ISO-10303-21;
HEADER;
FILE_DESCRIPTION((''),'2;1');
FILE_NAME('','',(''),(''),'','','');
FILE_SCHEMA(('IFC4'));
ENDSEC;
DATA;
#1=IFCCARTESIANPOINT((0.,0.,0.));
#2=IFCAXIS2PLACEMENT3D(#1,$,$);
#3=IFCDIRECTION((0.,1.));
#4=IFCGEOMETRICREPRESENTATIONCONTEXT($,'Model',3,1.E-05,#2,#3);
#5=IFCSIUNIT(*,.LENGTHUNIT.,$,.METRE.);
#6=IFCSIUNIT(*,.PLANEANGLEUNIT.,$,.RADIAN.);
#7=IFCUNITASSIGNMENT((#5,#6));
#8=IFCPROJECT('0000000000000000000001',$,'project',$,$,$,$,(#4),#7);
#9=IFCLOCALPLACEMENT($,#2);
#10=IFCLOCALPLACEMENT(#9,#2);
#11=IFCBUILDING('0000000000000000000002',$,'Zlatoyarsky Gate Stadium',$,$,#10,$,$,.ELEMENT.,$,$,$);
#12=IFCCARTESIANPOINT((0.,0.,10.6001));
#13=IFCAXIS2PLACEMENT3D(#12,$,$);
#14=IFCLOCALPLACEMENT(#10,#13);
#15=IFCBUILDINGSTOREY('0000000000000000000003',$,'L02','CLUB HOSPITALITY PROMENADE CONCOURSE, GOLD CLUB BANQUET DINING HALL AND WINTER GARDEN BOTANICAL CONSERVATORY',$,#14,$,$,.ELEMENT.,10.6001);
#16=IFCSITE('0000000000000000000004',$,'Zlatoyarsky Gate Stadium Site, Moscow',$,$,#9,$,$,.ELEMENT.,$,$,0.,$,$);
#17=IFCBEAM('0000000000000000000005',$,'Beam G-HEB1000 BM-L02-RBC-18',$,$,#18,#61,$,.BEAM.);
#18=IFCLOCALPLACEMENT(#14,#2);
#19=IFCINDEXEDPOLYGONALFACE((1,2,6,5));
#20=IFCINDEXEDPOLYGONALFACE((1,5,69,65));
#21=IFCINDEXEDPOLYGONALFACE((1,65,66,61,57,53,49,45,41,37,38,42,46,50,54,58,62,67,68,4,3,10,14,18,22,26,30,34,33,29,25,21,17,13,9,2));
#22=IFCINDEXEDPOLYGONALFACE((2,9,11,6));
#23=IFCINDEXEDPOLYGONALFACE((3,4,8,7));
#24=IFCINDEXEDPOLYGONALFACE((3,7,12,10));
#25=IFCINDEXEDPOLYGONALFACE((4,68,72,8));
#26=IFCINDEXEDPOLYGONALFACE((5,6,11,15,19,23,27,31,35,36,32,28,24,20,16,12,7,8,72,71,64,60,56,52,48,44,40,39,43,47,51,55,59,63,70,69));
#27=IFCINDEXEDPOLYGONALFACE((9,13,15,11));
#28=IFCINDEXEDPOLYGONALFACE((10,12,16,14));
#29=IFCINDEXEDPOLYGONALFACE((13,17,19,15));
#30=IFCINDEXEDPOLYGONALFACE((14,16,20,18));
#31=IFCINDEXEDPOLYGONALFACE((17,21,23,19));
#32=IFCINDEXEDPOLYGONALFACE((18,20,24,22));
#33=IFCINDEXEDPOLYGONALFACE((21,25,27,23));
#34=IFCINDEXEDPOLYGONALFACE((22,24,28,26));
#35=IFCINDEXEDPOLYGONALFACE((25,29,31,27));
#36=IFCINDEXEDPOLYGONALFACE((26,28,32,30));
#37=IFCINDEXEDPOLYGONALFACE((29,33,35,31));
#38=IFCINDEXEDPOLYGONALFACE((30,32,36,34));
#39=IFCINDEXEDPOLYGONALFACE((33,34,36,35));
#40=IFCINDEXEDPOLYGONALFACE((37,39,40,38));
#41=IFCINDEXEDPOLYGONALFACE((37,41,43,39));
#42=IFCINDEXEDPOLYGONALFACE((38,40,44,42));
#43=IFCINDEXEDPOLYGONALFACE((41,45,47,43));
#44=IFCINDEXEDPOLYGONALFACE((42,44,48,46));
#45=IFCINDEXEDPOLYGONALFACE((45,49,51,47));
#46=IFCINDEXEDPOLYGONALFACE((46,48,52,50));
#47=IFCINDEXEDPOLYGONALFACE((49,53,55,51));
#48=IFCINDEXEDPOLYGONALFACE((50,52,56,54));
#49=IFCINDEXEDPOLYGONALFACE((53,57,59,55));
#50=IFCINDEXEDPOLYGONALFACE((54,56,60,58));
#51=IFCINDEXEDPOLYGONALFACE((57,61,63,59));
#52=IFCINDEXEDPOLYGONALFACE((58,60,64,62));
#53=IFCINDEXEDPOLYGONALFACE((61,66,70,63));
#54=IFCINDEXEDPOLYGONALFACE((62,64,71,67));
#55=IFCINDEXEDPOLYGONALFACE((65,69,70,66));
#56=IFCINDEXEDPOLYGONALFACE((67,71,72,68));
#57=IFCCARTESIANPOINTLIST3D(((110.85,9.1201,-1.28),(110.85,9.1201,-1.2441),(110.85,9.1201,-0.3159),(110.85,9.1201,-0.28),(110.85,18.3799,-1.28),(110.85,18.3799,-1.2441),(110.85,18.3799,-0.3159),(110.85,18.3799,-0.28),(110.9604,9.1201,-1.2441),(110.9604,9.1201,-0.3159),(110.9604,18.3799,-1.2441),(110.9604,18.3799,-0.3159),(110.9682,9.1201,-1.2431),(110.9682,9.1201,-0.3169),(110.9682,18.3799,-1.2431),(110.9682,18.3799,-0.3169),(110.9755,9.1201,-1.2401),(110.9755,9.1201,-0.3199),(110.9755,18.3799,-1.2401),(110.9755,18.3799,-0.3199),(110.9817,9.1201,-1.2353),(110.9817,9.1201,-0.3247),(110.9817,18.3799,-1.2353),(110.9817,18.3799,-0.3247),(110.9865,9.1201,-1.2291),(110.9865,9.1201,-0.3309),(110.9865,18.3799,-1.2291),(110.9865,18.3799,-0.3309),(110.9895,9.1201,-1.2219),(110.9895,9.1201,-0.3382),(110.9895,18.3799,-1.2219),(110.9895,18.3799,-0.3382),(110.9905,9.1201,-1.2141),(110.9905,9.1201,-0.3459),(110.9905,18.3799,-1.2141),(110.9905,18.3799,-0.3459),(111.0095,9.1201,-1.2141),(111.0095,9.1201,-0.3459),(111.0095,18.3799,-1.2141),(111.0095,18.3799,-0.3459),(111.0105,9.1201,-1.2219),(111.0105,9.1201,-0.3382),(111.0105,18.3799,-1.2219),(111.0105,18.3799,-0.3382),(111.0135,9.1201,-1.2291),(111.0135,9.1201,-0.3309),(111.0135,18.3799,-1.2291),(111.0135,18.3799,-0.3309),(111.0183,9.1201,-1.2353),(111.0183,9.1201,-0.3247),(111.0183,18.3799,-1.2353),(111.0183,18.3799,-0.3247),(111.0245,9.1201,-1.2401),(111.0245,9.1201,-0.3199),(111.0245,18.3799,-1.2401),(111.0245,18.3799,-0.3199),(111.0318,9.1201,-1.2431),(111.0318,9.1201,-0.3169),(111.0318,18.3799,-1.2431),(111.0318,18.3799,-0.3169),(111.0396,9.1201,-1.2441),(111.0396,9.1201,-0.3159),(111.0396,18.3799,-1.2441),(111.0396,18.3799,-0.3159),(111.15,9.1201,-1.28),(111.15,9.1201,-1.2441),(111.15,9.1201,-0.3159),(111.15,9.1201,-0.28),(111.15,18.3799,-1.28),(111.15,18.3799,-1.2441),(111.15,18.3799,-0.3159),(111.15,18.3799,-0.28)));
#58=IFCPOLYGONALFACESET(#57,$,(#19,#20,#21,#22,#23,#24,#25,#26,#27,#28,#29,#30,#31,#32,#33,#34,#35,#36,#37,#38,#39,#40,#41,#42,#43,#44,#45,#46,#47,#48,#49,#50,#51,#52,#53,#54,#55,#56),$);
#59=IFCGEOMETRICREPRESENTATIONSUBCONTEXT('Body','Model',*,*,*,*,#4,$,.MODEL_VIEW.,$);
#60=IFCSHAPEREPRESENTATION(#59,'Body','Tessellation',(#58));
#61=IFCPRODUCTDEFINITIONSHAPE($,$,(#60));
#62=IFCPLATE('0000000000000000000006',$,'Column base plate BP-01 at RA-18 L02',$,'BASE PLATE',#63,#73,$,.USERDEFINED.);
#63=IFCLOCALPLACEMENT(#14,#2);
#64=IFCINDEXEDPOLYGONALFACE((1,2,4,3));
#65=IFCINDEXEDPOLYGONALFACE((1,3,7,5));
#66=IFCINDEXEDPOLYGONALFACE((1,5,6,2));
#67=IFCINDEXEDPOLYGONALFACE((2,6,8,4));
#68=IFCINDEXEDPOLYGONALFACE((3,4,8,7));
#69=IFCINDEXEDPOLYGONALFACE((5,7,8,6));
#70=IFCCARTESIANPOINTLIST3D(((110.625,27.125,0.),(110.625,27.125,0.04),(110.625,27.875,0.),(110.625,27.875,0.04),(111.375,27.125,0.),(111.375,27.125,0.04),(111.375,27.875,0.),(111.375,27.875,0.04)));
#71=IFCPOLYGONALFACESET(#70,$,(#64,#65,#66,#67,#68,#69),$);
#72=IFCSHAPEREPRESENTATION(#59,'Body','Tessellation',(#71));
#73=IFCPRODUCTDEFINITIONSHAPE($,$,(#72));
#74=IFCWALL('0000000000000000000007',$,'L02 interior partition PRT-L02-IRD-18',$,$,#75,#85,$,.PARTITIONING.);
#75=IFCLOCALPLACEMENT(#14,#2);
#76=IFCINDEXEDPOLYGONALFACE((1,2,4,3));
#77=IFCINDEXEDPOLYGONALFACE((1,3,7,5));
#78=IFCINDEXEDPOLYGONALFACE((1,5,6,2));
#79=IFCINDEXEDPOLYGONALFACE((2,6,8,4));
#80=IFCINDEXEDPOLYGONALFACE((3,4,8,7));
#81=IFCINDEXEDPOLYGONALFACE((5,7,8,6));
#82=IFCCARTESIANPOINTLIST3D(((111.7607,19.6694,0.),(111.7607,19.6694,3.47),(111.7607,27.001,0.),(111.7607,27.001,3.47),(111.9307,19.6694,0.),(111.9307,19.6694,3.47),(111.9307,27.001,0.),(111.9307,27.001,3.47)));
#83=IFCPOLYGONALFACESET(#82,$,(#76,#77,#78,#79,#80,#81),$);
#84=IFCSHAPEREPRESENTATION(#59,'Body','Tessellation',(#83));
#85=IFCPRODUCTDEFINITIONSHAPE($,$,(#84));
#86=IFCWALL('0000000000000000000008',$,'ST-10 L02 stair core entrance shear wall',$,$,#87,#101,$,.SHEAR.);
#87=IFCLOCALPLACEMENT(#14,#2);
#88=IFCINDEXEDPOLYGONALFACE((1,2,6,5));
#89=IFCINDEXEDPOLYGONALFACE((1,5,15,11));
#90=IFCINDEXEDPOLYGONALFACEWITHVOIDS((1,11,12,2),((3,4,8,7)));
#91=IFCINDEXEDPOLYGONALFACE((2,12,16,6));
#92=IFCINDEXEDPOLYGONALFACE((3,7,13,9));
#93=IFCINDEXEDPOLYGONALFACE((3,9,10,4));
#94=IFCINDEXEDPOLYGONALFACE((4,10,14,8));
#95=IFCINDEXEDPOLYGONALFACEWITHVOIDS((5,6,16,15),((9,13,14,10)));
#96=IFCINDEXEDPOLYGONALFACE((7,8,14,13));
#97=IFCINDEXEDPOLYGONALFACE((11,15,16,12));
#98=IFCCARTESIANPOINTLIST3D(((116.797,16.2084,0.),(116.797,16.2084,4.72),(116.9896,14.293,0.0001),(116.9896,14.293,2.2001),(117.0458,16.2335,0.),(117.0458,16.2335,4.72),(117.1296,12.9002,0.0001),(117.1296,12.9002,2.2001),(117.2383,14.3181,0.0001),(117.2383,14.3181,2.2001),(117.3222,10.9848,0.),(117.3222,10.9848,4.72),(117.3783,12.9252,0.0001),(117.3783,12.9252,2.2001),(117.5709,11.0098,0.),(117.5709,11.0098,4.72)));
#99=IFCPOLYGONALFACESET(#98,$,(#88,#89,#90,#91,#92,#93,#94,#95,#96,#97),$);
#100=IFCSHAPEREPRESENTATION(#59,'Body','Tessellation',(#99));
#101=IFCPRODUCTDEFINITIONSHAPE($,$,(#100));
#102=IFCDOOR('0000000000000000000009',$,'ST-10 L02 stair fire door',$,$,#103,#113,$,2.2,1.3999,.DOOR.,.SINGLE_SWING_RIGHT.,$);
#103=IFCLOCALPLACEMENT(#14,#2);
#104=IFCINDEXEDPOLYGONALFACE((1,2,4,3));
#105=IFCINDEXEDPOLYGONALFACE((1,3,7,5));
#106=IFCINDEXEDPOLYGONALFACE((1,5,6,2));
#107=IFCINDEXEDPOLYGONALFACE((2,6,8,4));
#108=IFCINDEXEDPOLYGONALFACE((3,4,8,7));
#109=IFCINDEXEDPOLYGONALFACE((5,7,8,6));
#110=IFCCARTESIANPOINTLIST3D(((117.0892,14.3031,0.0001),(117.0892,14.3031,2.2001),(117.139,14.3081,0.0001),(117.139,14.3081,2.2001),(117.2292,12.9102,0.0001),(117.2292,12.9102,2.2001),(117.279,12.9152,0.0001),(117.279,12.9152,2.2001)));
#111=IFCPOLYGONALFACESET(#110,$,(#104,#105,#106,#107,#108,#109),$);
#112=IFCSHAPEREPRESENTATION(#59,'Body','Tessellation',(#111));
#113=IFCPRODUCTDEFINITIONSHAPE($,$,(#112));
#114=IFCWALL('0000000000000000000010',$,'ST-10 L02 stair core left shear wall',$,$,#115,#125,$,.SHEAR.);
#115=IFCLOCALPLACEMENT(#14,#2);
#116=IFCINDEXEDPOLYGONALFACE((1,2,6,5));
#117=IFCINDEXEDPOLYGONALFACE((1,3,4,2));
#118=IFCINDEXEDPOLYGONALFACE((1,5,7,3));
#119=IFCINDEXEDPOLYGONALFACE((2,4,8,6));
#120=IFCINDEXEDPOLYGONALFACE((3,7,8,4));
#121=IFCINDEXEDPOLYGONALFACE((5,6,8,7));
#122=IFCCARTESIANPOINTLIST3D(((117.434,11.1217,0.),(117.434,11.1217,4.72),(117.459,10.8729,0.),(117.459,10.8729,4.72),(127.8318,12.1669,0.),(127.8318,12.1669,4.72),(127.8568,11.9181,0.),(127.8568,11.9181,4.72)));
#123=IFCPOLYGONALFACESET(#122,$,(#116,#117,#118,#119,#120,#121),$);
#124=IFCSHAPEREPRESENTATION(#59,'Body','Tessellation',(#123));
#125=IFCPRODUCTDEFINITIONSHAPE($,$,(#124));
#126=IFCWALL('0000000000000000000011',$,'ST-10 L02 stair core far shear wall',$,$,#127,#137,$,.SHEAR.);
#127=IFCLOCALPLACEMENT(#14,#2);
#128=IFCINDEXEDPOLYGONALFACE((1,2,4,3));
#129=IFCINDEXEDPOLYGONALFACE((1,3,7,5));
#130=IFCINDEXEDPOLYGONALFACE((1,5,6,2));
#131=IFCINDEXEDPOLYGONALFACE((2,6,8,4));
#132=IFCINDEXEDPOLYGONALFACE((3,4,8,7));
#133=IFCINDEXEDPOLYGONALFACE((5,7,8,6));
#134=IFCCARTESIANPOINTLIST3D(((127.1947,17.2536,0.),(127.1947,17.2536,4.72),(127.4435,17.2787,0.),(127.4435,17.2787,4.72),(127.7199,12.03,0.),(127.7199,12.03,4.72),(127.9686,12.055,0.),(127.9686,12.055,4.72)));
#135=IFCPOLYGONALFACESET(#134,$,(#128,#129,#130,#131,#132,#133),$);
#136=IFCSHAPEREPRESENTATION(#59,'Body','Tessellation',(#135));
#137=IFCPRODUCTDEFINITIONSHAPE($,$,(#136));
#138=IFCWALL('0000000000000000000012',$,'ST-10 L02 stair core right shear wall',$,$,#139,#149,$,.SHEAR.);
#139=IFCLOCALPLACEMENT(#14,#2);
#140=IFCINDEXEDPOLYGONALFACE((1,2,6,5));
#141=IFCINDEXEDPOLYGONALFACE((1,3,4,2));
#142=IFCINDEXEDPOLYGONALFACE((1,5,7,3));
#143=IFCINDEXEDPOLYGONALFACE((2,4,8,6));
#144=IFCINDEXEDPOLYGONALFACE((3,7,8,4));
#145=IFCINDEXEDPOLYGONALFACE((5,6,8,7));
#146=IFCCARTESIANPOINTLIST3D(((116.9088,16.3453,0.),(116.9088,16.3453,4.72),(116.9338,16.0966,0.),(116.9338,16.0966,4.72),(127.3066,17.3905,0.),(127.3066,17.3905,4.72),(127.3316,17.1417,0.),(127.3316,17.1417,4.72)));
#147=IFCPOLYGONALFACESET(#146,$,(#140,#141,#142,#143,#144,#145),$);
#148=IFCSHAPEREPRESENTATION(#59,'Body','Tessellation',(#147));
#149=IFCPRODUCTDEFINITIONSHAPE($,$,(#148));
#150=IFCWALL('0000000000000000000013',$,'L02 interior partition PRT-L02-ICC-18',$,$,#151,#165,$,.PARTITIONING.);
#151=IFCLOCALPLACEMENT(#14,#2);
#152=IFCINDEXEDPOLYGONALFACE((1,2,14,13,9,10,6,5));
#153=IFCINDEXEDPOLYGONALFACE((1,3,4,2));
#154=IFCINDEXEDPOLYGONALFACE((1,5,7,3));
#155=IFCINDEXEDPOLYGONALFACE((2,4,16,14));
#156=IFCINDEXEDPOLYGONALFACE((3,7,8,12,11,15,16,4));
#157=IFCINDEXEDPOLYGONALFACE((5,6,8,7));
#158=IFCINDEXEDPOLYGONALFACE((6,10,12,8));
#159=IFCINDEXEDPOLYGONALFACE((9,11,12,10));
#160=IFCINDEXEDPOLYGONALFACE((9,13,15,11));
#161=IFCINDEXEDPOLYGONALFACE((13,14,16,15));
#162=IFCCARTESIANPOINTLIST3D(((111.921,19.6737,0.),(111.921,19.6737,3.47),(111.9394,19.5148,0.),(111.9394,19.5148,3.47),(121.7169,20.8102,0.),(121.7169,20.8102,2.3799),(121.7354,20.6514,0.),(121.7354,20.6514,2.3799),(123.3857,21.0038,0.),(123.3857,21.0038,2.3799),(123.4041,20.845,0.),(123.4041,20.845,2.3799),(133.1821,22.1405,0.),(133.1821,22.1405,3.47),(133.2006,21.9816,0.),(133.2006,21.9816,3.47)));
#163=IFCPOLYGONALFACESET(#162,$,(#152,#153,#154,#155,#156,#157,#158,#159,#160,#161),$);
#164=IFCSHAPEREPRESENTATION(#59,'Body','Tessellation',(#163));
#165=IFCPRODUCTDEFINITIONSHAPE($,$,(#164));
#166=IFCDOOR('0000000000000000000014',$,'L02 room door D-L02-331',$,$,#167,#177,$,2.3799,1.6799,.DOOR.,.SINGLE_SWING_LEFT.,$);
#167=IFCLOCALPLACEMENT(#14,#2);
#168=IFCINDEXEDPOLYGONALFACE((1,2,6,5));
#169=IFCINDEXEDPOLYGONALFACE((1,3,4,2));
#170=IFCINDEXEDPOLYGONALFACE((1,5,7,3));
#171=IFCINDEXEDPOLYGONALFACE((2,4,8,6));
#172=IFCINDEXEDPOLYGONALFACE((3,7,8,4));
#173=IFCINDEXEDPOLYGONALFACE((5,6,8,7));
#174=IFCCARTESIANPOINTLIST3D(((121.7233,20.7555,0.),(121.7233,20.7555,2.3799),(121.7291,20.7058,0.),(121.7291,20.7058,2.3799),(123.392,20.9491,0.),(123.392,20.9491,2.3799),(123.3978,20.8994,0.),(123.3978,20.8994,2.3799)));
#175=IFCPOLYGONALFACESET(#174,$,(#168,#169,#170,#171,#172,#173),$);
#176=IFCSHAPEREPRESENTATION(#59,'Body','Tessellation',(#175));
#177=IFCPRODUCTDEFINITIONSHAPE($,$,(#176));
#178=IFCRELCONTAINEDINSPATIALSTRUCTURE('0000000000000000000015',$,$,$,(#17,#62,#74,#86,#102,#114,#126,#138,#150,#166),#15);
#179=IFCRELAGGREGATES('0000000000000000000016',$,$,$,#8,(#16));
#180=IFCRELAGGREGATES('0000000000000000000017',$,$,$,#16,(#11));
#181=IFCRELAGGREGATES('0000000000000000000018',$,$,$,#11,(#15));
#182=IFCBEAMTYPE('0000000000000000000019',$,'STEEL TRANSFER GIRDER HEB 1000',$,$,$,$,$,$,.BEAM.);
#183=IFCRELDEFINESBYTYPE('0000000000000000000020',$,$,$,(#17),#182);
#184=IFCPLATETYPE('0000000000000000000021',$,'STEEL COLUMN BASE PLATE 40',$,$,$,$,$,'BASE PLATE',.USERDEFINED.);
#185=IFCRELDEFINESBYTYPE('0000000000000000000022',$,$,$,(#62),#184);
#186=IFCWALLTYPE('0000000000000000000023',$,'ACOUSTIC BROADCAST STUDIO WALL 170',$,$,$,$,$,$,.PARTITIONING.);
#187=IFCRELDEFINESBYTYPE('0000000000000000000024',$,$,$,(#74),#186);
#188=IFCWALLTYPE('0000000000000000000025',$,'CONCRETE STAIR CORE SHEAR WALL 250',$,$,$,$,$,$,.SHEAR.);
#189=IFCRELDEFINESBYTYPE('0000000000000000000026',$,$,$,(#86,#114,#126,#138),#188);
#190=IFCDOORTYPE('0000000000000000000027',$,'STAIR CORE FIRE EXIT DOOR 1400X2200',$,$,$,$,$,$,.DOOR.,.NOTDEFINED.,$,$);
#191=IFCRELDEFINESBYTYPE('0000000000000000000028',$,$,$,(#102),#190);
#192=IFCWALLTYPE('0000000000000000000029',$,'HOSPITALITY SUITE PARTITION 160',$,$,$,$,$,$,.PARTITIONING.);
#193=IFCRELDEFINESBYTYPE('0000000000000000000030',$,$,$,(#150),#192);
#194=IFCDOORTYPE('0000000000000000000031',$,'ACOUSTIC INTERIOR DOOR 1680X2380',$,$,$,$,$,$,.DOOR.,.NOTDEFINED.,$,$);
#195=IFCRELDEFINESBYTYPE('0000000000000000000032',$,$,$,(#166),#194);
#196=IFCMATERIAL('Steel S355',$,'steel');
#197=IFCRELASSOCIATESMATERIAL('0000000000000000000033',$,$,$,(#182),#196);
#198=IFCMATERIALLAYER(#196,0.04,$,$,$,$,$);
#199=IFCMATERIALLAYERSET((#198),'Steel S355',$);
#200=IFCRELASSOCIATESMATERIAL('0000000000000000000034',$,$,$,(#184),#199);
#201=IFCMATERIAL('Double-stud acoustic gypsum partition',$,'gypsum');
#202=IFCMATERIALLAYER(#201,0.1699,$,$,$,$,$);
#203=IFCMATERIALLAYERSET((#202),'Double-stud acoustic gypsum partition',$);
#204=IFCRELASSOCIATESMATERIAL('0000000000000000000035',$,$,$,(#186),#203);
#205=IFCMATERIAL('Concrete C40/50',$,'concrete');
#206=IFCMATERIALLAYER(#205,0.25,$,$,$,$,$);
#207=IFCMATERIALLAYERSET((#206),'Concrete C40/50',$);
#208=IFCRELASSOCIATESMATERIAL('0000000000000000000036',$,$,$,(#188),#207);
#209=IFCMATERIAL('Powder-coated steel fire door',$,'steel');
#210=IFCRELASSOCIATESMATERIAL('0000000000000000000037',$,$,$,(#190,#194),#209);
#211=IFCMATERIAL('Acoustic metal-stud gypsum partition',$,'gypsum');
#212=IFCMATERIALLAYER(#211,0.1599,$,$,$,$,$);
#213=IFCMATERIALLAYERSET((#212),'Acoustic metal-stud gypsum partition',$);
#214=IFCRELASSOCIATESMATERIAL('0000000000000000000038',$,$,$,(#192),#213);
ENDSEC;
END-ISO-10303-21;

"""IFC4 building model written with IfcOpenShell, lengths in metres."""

from ifc_helpers import new_model, si_unit, direction, frame, frame_2d, origin, origin_2d, place, context, subcontext, project, spatial, rectangle, i_section, extrude, material, layer, layer_set, material_profile, profile_set, type_object, element, fill, save


model = new_model("IFC4")

# Units and contexts
model_context = context("Model", 3, precision=1e-05, world=origin(), true_north=direction((0.0, 1.0)))
body_context = subcontext(model_context, "Body", "Model", "MODEL_VIEW")
ifc_project = project(units=[si_unit("LENGTHUNIT", "METRE"), si_unit("PLANEANGLEUNIT", "RADIAN")], contexts=[model_context])

# Site, building, storey
site_placement = place(None, origin())
site = spatial("IfcSite", under=ifc_project, at=site_placement, Name="Zlatoyarsky Gate Stadium Site, Moscow", CompositionType="ELEMENT", RefElevation=0.0)
building_placement = place(site_placement, origin())
building = spatial("IfcBuilding", under=site, at=building_placement, Name="Zlatoyarsky Gate Stadium", CompositionType="ELEMENT")
storey_placement = place(building_placement, frame((0.0, 0.0, 10.6001)))
storey = spatial("IfcBuildingStorey", under=building, at=storey_placement, Name="L02", Description="CLUB HOSPITALITY PROMENADE CONCOURSE, GOLD CLUB BANQUET DINING HALL AND WINTER GARDEN BOTANICAL CONSERVATORY", CompositionType="ELEMENT", Elevation=10.6001)

# Shared definitions
ifc_material_1 = material(Name="Concrete C40/50", Category="concrete")
ifc_material_2 = material(Name="Steel S355", Category="steel")

# Beam
ifc_material_profile_1 = material_profile(ifc_material_2, i_section(OverallWidth=0.3, OverallDepth=1.0, WebThickness=0.019, FlangeThickness=0.0359, FilletRadius=0.03, at=origin_2d()), Name="HEB 1000")
ifc_profile_set_1 = profile_set([ifc_material_profile_1], Name="Steel S355")
beam_type_1 = type_object("IfcBeamType", Name="STEEL TRANSFER GIRDER HEB 1000", PredefinedType="BEAM", material=ifc_profile_set_1)
beam_1_placement = place(storey_placement, frame((111.0, 18.3799, -0.78), z_axis=(0.0, -1.0, 0.0), x_axis=(1.0, 0.0, 0.0)))
element("IfcBeam", 1, at=beam_1_placement, inside=storey, type_object=beam_type_1, Name="Beam G-HEB1000 BM-L02-RBC-18", PredefinedType="BEAM", context=body_context, shape_type="SweptSolid", body=[
    extrude(i_section(OverallWidth=0.3, OverallDepth=1.0, WebThickness=0.019, FlangeThickness=0.0359, FilletRadius=0.03, at=origin_2d()), origin(), (0.0, 0.0, 1.0), 9.2598),
])

# Plate
ifc_layer_1 = layer(ifc_material_2, 0.04)
ifc_layer_set_1 = layer_set([ifc_layer_1], Name="Steel S355")
plate_type = type_object("IfcPlateType", Name="STEEL COLUMN BASE PLATE 40", ElementType="BASE PLATE", PredefinedType="USERDEFINED", material=ifc_layer_set_1)
plate_placement = place(storey_placement, frame((111.0, 27.5, 0.0), z_axis=(0.0, 0.0, 1.0), x_axis=(1.0, 0.0, 0.0)))
element("IfcPlate", 2, at=plate_placement, inside=storey, type_object=plate_type, Name="Column base plate BP-01 at RA-18 L02", ObjectType="BASE PLATE", PredefinedType="USERDEFINED", context=body_context, shape_type="SweptSolid", body=[
    extrude(rectangle(XDim=0.75, YDim=0.75, at=origin_2d()), origin(), (0.0, 0.0, 1.0), 0.04),
])

# Wall
ifc_material_3 = material(Name="Double-stud acoustic gypsum partition", Category="gypsum")
ifc_layer_2 = layer(ifc_material_3, 0.1699)
ifc_layer_set_2 = layer_set([ifc_layer_2], Name="Double-stud acoustic gypsum partition")
wall_type_1 = type_object("IfcWallType", Name="ACOUSTIC BROADCAST STUDIO WALL 170", PredefinedType="PARTITIONING", material=ifc_layer_set_2)
wall_1_placement = place(storey_placement, frame((111.8457, 27.001, 0.0), z_axis=(0.0, 0.0, 1.0), x_axis=(0.0, -1.0, 0.0)))
element("IfcWall", 3, at=wall_1_placement, inside=storey, type_object=wall_type_1, Name="L02 interior partition PRT-L02-IRD-18", PredefinedType="PARTITIONING", context=body_context, shape_type="SweptSolid", body=[
    extrude(rectangle(XDim=7.3315, YDim=0.1699, at=frame_2d((3.6658, 0.0))), origin(), (0.0, 0.0, 1.0), 3.47),
])

# Wall, opening, door
ifc_layer_3 = layer(ifc_material_1, 0.25)
ifc_layer_set_3 = layer_set([ifc_layer_3], Name="Concrete C40/50")
wall_type_2 = type_object("IfcWallType", Name="CONCRETE STAIR CORE SHEAR WALL 250", PredefinedType="SHEAR", material=ifc_layer_set_3)
wall_2_placement = place(storey_placement, frame((116.9214, 16.2209, 0.0), z_axis=(0.0, 0.0, 1.0), x_axis=(0.100029, -0.994985, 0.0)))
wall_2 = element("IfcWall", 4, at=wall_2_placement, inside=storey, type_object=wall_type_2, Name="ST-10 L02 stair core entrance shear wall", PredefinedType="SHEAR", context=body_context, shape_type="SweptSolid", body=[
    extrude(rectangle(XDim=5.25, YDim=0.25, at=frame_2d((2.625, 0.0))), origin(), (0.0, 0.0, 1.0), 4.72),
])
opening_1_placement = place(wall_2_placement, frame((1.925, 0.0, 0.0)))
opening_1 = element("IfcOpeningElement", 5, at=opening_1_placement, cuts=wall_2, PredefinedType="OPENING", context=body_context, shape_type="SweptSolid", body=[
    extrude(rectangle(XDim=1.3999, YDim=2.2, at=frame_2d((0.7, 1.1001))), frame((0.0, 0.135, 0.0), z_axis=(0.0, -1.0, 0.0), x_axis=(1.0, 0.0, 0.0)), (0.0, 0.0, 1.0), 0.27),
])
ifc_material_4 = material(Name="Powder-coated steel fire door", Category="steel")
door_type_1 = type_object("IfcDoorType", Name="STAIR CORE FIRE EXIT DOOR 1400X2200", OperationType="NOTDEFINED", PredefinedType="DOOR", material=ifc_material_4)
door_1_placement = place(opening_1_placement, frame((1.3999, 0.0, 0.0), z_axis=(0.0, 0.0, 1.0), x_axis=(-1.0, 0.0, 0.0)))
door_1 = element("IfcDoor", 6, at=door_1_placement, inside=storey, type_object=door_type_1, Name="ST-10 L02 stair fire door", OperationType="SINGLE_SWING_RIGHT", OverallHeight=2.2, OverallWidth=1.3999, PredefinedType="DOOR", context=body_context, shape_type="SweptSolid", body=[
    extrude(rectangle(XDim=1.3999, YDim=2.2, at=frame_2d((0.7, 1.1001))), frame((0.0, 0.0249, 0.0), z_axis=(0.0, -1.0, 0.0), x_axis=(1.0, 0.0, 0.0)), (0.0, 0.0, 1.0), 0.05),
])
fill(opening_1, door_1)

# Walls
wall_3_placement = place(storey_placement, frame((117.4465, 10.9973, 0.0), z_axis=(0.0, 0.0, 1.0), x_axis=(0.994986, 0.100015, 0.0)))
element("IfcWall", 7, at=wall_3_placement, inside=storey, type_object=wall_type_2, Name="ST-10 L02 stair core left shear wall", PredefinedType="SHEAR", context=body_context, shape_type="SweptSolid", body=[
    extrude(rectangle(XDim=10.4502, YDim=0.25, at=frame_2d((5.2251, 0.0))), origin(), (0.0, 0.0, 1.0), 4.72),
])
wall_4_placement = place(storey_placement, frame((127.8442, 12.0425, 0.0), z_axis=(0.0, 0.0, 1.0), x_axis=(-0.100029, 0.994985, 0.0)))
element("IfcWall", 8, at=wall_4_placement, inside=storey, type_object=wall_type_2, Name="ST-10 L02 stair core far shear wall", PredefinedType="SHEAR", context=body_context, shape_type="SweptSolid", body=[
    extrude(rectangle(XDim=5.25, YDim=0.25, at=frame_2d((2.625, 0.0))), origin(), (0.0, 0.0, 1.0), 4.72),
])
wall_5_placement = place(storey_placement, frame((127.3191, 17.2661, 0.0), z_axis=(0.0, 0.0, 1.0), x_axis=(-0.994986, -0.100015, 0.0)))
element("IfcWall", 9, at=wall_5_placement, inside=storey, type_object=wall_type_2, Name="ST-10 L02 stair core right shear wall", PredefinedType="SHEAR", context=body_context, shape_type="SweptSolid", body=[
    extrude(rectangle(XDim=10.4502, YDim=0.25, at=frame_2d((5.2251, 0.0))), origin(), (0.0, 0.0, 1.0), 4.72),
])

# Wall, opening, door
ifc_material_5 = material(Name="Acoustic metal-stud gypsum partition", Category="gypsum")
ifc_layer_4 = layer(ifc_material_5, 0.1599)
ifc_layer_set_4 = layer_set([ifc_layer_4], Name="Acoustic metal-stud gypsum partition")
wall_type_3 = type_object("IfcWallType", Name="HOSPITALITY SUITE PARTITION 160", PredefinedType="PARTITIONING", material=ifc_layer_set_4)
wall_6_placement = place(storey_placement, frame((111.9302, 19.5942, 0.0), z_axis=(0.0, 0.0, 1.0), x_axis=(0.993337, 0.11525, 0.0)))
wall_6 = element("IfcWall", 10, at=wall_6_placement, inside=storey, type_object=wall_type_3, Name="L02 interior partition PRT-L02-ICC-18", PredefinedType="PARTITIONING", context=body_context, shape_type="SweptSolid", body=[
    extrude(rectangle(XDim=21.4038, YDim=0.1599, at=frame_2d((10.7019, 0.0))), origin(), (0.0, 0.0, 1.0), 3.47),
])
opening_2_placement = place(wall_6_placement, frame((9.8618, 0.0, 0.0)))
opening_2 = element("IfcOpeningElement", 11, at=opening_2_placement, cuts=wall_6, PredefinedType="OPENING", context=body_context, shape_type="SweptSolid", body=[
    extrude(rectangle(XDim=1.6799, YDim=2.3799, at=frame_2d((0.8398, 1.1899))), frame((0.0, 0.0898, 0.0), z_axis=(0.0, -1.0, 0.0), x_axis=(1.0, 0.0, 0.0)), (0.0, 0.0, 1.0), 0.1799),
])
door_type_2 = type_object("IfcDoorType", Name="ACOUSTIC INTERIOR DOOR 1680X2380", OperationType="NOTDEFINED", PredefinedType="DOOR", material=ifc_material_4)
door_2_placement = place(opening_2_placement, origin())
door_2 = element("IfcDoor", 12, at=door_2_placement, inside=storey, type_object=door_type_2, Name="L02 room door D-L02-331", OperationType="SINGLE_SWING_LEFT", OverallHeight=2.3799, OverallWidth=1.6799, PredefinedType="DOOR", context=body_context, shape_type="SweptSolid", body=[
    extrude(rectangle(XDim=1.6799, YDim=2.3799, at=frame_2d((0.8398, 1.1899))), frame((0.0, 0.0249, 0.0), z_axis=(0.0, -1.0, 0.0), x_axis=(1.0, 0.0, 0.0)), (0.0, 0.0, 1.0), 0.05),
])
fill(opening_2, door_2)

save(model, "model.ifc")
